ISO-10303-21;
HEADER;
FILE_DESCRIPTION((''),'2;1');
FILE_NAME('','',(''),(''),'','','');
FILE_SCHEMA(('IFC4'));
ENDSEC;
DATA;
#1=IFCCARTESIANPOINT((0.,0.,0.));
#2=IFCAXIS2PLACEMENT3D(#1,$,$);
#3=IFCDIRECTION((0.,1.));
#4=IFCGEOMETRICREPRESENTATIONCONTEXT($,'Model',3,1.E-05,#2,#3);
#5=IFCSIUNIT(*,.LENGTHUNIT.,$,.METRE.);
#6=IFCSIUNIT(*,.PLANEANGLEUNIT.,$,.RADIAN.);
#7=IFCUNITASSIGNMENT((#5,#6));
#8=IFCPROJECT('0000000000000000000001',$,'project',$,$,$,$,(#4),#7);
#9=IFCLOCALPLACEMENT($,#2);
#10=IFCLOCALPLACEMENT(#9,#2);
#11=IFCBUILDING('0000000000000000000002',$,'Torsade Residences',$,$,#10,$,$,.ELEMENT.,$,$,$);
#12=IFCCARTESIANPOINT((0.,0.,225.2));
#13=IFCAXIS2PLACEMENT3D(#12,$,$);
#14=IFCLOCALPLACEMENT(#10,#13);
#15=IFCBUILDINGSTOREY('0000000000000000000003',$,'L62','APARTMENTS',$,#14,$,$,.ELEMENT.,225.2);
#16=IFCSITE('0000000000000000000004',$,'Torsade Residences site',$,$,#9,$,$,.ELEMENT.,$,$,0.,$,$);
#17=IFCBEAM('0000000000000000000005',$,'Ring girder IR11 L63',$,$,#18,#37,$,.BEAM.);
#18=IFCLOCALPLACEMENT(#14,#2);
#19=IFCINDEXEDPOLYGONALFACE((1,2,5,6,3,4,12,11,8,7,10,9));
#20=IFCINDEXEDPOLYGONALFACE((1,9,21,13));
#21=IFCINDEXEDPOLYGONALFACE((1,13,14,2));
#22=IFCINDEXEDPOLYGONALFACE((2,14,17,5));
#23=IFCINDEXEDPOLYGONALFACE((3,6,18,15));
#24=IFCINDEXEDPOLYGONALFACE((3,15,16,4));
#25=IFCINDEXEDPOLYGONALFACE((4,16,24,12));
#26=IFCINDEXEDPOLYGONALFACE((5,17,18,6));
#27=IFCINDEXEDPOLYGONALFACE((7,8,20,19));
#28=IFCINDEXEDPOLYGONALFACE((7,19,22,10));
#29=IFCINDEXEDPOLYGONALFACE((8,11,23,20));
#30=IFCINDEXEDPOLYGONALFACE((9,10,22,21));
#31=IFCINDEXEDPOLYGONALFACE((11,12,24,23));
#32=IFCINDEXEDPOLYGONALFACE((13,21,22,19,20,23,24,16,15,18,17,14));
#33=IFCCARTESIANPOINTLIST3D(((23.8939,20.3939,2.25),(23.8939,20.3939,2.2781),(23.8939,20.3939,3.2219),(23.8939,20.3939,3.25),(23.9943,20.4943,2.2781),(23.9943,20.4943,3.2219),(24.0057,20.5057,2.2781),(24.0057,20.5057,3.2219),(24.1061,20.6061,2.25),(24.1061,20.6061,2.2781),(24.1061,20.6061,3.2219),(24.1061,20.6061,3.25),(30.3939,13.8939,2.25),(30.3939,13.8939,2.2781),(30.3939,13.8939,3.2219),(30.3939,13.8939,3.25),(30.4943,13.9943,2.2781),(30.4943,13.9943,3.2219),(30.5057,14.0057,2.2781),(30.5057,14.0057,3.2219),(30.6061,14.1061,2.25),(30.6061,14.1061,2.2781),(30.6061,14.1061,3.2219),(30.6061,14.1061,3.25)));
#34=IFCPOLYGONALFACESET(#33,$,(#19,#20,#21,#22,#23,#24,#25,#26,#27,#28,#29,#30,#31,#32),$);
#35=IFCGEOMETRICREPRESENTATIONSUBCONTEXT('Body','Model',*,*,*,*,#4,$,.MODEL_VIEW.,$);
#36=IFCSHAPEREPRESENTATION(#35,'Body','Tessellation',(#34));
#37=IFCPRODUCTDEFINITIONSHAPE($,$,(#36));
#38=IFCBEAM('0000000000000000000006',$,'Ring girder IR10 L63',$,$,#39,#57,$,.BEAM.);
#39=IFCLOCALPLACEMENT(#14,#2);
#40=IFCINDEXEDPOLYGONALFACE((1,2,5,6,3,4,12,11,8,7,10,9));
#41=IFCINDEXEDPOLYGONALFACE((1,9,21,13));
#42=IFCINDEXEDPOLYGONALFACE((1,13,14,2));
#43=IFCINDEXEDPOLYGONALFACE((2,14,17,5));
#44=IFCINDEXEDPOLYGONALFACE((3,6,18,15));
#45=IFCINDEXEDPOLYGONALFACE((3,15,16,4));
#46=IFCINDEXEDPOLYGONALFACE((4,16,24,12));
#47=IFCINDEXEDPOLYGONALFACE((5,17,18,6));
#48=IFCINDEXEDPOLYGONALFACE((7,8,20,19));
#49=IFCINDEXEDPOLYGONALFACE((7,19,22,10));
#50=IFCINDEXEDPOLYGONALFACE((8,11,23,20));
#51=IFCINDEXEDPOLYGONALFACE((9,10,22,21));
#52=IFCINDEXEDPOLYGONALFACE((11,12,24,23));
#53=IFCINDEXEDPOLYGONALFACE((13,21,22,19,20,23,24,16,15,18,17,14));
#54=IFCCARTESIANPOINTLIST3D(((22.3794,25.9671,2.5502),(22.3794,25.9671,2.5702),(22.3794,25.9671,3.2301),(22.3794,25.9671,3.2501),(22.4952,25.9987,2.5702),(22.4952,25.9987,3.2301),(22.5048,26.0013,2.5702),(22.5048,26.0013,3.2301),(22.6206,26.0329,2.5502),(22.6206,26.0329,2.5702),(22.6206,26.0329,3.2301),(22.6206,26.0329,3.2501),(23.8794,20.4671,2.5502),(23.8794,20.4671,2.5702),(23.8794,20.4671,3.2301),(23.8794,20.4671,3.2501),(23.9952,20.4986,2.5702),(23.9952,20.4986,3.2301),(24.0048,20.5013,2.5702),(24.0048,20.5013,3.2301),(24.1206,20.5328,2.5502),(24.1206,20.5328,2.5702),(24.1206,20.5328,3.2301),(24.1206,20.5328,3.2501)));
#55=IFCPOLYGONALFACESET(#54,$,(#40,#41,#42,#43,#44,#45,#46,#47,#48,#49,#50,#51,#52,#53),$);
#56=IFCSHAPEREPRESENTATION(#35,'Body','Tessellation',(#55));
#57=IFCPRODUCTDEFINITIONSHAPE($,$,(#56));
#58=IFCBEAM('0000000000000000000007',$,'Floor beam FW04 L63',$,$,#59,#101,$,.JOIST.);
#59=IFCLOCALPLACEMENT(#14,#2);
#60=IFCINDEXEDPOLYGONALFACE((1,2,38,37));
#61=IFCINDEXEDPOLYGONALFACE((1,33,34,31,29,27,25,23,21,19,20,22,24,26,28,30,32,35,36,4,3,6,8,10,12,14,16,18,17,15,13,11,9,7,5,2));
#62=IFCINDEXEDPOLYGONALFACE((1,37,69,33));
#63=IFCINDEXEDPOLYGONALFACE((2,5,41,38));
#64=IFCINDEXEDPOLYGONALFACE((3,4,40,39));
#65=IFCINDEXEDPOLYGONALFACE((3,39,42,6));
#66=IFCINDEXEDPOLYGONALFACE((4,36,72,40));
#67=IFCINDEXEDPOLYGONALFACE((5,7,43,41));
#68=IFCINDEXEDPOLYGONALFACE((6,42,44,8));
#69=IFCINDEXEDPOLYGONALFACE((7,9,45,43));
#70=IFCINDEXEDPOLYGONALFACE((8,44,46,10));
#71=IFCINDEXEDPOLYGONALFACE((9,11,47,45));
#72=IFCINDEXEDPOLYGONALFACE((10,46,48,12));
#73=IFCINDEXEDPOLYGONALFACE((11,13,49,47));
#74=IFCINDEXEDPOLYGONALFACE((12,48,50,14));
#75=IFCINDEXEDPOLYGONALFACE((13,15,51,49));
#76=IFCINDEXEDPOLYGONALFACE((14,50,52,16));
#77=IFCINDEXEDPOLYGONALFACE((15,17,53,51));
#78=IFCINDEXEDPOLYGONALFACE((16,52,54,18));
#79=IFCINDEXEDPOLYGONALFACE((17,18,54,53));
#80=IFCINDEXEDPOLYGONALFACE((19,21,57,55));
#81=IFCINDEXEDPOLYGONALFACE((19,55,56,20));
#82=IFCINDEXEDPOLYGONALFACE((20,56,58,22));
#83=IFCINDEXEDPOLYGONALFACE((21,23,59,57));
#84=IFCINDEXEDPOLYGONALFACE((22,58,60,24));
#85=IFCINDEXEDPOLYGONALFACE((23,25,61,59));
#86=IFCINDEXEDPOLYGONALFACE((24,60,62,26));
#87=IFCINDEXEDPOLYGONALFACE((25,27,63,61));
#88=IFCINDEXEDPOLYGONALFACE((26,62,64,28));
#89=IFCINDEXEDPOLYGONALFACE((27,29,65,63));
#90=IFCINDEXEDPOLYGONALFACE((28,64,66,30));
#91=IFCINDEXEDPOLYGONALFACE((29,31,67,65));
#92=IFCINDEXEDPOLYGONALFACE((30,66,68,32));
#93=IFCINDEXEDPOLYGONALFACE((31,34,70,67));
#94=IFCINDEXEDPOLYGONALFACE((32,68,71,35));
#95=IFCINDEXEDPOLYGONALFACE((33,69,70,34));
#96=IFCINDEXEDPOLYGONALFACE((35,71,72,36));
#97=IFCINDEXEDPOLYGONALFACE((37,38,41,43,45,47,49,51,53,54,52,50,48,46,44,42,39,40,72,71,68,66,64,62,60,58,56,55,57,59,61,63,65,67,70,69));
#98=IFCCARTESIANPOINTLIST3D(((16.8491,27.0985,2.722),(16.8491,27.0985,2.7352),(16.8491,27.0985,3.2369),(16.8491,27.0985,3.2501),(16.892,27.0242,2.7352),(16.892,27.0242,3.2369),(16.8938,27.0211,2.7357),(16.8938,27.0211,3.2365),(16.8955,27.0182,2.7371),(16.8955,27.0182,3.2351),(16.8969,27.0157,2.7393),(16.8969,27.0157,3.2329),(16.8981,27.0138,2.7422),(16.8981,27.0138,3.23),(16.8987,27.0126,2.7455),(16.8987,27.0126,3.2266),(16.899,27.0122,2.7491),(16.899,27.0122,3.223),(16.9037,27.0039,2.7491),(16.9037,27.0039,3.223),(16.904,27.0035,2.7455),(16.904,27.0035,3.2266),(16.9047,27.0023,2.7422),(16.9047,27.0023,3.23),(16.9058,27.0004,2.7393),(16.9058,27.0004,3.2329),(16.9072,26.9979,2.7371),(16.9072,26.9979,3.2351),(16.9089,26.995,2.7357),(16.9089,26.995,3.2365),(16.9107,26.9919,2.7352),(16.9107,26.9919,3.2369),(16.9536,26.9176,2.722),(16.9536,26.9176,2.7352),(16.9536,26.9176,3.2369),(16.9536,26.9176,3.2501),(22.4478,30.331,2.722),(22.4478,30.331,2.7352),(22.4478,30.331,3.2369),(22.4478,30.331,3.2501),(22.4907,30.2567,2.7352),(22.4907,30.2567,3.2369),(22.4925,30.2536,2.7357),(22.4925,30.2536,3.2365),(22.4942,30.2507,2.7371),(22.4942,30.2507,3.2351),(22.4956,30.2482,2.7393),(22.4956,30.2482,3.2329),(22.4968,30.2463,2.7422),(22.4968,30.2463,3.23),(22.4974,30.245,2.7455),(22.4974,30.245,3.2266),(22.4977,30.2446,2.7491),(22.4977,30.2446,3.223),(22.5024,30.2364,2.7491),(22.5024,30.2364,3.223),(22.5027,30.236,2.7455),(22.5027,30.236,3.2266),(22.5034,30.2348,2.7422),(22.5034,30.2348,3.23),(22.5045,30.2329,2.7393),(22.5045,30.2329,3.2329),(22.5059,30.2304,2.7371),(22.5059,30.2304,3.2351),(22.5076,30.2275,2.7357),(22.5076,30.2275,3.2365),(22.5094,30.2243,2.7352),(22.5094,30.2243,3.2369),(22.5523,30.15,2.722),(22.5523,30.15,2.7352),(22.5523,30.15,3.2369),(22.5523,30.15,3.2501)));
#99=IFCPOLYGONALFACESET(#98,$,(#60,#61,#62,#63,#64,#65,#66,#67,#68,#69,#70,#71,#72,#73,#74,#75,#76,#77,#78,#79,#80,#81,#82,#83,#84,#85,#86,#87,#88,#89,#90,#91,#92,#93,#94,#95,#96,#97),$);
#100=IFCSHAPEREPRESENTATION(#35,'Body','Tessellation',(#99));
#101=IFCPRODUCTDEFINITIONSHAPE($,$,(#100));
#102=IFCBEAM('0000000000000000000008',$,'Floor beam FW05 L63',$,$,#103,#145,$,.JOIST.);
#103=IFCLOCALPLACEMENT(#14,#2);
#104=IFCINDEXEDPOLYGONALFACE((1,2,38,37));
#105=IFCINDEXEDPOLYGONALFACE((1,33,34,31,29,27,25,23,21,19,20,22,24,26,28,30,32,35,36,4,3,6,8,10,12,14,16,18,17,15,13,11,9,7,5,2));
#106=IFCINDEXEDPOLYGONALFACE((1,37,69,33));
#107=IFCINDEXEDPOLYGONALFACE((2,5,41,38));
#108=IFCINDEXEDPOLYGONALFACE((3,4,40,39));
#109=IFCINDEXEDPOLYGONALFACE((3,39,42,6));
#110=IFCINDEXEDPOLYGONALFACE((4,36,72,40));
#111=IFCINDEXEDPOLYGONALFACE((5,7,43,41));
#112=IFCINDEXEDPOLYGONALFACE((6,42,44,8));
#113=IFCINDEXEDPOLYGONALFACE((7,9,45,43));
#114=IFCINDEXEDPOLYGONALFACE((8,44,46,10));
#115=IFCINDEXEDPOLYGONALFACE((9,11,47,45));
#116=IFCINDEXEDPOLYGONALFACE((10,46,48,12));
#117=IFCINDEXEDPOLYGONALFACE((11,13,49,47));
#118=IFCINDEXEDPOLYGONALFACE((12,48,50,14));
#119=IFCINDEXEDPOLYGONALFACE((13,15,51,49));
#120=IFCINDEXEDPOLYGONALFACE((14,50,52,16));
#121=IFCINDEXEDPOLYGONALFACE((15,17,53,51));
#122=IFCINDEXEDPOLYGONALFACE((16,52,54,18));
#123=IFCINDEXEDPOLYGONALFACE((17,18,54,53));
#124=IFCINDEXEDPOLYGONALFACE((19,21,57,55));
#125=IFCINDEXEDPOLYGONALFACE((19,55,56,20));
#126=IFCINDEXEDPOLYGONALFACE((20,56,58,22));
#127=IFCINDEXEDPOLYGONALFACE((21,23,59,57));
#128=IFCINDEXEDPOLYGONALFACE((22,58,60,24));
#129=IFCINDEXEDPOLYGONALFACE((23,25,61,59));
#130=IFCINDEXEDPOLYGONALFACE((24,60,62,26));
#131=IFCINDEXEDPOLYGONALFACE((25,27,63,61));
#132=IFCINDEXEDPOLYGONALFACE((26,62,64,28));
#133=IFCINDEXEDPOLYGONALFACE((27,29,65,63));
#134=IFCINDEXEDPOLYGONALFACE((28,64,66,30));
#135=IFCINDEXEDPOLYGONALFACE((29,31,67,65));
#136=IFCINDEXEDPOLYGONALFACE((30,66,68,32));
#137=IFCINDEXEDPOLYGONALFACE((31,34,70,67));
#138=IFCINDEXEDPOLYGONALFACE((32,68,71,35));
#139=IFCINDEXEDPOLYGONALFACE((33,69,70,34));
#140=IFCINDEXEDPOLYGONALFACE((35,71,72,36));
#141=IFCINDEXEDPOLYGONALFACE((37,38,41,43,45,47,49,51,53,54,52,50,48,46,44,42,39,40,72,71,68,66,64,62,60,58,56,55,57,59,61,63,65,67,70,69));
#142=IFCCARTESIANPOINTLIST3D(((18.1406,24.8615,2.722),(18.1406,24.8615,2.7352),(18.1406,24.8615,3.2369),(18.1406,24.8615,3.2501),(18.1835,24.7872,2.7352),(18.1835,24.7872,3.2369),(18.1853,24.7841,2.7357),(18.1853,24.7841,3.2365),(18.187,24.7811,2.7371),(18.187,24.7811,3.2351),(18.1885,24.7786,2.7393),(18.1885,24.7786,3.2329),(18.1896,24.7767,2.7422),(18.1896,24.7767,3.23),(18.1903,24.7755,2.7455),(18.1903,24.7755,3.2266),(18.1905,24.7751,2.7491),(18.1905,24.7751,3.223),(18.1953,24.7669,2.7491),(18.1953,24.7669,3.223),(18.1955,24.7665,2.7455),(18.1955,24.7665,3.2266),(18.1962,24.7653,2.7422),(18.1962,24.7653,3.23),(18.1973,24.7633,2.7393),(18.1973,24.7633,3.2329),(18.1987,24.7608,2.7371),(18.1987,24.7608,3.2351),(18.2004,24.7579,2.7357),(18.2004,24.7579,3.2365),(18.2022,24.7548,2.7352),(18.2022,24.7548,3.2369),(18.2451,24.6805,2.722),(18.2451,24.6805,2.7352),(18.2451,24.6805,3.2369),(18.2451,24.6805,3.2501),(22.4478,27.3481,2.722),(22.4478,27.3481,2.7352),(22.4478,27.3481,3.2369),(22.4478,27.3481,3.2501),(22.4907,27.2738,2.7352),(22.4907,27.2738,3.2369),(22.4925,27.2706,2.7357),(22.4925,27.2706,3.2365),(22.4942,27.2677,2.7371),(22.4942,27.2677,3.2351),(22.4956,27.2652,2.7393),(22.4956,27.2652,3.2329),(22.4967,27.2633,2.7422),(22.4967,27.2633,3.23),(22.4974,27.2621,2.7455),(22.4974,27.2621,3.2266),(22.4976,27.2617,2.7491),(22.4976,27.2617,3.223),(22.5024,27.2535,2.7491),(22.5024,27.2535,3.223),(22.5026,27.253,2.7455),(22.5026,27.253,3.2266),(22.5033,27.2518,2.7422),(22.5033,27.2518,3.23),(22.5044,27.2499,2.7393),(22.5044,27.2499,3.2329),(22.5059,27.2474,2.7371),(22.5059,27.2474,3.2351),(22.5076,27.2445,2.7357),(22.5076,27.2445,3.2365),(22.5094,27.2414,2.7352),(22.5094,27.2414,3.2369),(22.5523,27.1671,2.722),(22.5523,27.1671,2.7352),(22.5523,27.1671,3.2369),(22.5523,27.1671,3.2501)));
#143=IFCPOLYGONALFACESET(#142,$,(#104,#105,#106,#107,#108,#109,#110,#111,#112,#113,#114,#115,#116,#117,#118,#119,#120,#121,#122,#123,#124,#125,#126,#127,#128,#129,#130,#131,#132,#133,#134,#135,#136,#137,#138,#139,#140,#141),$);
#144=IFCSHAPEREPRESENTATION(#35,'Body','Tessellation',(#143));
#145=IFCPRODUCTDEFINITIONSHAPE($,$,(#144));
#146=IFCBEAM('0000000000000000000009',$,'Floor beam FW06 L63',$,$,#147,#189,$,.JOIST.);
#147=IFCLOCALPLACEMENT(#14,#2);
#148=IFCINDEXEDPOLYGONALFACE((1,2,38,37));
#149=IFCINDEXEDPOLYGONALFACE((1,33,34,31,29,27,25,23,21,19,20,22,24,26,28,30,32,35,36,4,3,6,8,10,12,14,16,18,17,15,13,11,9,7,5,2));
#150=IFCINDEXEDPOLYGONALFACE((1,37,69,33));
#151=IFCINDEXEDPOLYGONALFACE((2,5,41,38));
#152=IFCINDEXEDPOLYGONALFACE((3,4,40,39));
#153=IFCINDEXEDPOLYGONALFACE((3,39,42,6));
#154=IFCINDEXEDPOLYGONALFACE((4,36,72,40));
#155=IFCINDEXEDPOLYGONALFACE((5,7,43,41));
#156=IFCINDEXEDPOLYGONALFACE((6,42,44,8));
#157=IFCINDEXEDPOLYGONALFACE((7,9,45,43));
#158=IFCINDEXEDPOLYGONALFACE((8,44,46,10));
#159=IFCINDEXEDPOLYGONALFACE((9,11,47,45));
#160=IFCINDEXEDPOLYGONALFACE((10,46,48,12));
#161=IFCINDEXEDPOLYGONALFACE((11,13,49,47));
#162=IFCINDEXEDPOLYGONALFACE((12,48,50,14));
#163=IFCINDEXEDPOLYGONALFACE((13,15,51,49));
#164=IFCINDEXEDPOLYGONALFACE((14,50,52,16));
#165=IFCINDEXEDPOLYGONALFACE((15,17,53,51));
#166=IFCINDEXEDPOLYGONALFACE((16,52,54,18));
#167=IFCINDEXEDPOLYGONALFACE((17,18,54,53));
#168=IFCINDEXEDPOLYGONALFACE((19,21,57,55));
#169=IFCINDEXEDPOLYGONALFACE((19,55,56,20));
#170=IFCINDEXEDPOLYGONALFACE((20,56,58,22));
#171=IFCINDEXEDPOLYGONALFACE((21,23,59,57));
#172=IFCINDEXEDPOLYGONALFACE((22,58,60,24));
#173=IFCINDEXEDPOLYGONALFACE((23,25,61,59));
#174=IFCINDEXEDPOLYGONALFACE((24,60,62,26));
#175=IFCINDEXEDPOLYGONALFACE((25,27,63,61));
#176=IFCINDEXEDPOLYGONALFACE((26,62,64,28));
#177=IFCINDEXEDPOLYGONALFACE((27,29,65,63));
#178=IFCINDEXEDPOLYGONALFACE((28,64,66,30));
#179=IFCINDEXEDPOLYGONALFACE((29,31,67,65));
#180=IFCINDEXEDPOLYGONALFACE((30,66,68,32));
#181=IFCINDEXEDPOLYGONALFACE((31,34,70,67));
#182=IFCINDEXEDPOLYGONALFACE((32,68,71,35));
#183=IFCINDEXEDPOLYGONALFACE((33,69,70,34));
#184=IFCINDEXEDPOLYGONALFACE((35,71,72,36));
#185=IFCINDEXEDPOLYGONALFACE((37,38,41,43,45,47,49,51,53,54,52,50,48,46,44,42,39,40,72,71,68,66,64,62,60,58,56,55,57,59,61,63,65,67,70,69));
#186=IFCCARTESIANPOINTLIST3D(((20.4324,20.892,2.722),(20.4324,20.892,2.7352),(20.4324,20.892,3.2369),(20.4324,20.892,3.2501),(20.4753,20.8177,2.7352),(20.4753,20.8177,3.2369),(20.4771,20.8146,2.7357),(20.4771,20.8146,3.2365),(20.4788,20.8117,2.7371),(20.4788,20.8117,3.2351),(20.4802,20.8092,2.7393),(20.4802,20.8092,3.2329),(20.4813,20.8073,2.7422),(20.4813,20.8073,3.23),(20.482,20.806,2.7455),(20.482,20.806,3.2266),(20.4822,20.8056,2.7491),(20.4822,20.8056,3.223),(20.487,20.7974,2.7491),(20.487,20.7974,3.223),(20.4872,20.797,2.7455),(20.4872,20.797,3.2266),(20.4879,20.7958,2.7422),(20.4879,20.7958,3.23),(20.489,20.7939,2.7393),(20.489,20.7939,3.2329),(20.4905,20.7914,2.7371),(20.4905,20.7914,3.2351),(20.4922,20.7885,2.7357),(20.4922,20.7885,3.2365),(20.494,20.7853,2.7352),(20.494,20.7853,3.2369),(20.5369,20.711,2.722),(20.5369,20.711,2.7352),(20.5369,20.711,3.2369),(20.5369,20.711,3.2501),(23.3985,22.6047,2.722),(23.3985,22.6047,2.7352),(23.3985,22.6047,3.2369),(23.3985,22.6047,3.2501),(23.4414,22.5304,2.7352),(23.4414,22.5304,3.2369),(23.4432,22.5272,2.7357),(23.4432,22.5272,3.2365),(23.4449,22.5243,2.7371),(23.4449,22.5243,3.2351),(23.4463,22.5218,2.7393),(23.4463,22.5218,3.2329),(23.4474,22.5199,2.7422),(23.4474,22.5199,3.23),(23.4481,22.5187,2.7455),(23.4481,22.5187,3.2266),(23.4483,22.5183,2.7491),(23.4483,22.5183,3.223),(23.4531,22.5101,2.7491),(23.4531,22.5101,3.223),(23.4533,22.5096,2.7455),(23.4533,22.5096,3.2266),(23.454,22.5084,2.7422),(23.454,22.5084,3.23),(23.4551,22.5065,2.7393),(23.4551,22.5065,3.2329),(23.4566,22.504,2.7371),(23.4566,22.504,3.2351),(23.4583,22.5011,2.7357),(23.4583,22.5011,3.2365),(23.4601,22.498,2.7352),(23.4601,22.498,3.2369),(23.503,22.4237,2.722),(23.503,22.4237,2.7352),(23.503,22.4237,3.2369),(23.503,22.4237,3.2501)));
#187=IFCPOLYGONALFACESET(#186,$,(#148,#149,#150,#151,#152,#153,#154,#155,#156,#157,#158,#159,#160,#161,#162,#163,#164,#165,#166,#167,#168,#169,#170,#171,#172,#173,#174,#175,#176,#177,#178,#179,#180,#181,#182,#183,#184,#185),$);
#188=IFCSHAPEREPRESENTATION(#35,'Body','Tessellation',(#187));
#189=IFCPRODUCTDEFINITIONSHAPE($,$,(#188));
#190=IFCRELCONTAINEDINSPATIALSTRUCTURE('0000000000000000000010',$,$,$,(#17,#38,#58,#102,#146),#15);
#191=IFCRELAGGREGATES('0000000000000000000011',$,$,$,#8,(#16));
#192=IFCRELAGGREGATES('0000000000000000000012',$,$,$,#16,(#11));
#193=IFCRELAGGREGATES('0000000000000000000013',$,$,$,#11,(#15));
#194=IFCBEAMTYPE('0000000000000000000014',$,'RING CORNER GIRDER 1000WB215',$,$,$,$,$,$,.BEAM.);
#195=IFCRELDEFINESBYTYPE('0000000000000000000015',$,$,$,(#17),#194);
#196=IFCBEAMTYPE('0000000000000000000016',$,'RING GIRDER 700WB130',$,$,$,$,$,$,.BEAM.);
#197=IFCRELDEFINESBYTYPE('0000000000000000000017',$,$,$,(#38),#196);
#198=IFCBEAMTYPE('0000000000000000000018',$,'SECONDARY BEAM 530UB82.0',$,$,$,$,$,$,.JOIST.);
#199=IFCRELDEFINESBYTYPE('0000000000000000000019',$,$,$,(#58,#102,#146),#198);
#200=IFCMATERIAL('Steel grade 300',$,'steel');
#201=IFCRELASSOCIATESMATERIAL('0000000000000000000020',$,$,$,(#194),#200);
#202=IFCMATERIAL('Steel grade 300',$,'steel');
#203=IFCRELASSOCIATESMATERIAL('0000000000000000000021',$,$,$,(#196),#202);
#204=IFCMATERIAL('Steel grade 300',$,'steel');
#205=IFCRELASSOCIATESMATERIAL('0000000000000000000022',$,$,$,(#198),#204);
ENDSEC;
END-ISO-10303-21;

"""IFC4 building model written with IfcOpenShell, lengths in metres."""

from ifc_helpers import new_model, si_unit, direction, frame, origin, origin_2d, place, context, subcontext, project, spatial, i_section, extrude, material, material_profile, profile_set, type_object, element, save


model = new_model("IFC4")

# Units and contexts
model_context = context("Model", 3, precision=1e-05, world=origin(), true_north=direction((0.0, 1.0)))
body_context = subcontext(model_context, "Body", "Model", "MODEL_VIEW")
ifc_project = project(units=[si_unit("LENGTHUNIT", "METRE"), si_unit("PLANEANGLEUNIT", "RADIAN")], contexts=[model_context])

# Site, building, storey
site_placement = place(None, origin())
site = spatial("IfcSite", under=ifc_project, at=site_placement, Name="Torsade Residences site", CompositionType="ELEMENT", RefElevation=0.0)
building_placement = place(site_placement, origin())
building = spatial("IfcBuilding", under=site, at=building_placement, Name="Torsade Residences", CompositionType="ELEMENT")
storey_placement = place(building_placement, frame((0.0, 0.0, 225.2)))
storey = spatial("IfcBuildingStorey", under=building, at=storey_placement, Name="L62", Description="APARTMENTS", CompositionType="ELEMENT", Elevation=225.2)

# Beams
ifc_material_1 = material(Name="Steel grade 300", Category="steel")
ifc_material_profile_1 = material_profile(ifc_material_1, i_section(OverallWidth=0.3, OverallDepth=1.0, WebThickness=0.0161, FlangeThickness=0.0281, at=origin_2d()), Name="1000WB215")
ifc_profile_set_1 = profile_set([ifc_material_profile_1], Name="Steel grade 300")
beam_type_1 = type_object("IfcBeamType", Name="RING CORNER GIRDER 1000WB215", PredefinedType="BEAM", material=ifc_profile_set_1)
beam_1_placement = place(storey_placement, frame((24.0, 20.5, 2.75), z_axis=(0.707107, -0.707107, 0.0), x_axis=(0.707107, 0.707107, 0.0)))
element("IfcBeam", 1, at=beam_1_placement, inside=storey, type_object=beam_type_1, Name="Ring girder IR11 L63", PredefinedType="BEAM", context=body_context, shape_type="SweptSolid", body=[
    extrude(i_section(OverallWidth=0.3, OverallDepth=1.0, WebThickness=0.0161, FlangeThickness=0.0281, at=origin_2d()), origin(), (0.0, 0.0, 1.0), 9.1924),
])
ifc_material_2 = material(Name="Steel grade 300", Category="steel")
ifc_material_profile_2 = material_profile(ifc_material_2, i_section(OverallWidth=0.25, OverallDepth=0.7, WebThickness=0.01, FlangeThickness=0.02, at=origin_2d()), Name="700WB130")
ifc_profile_set_2 = profile_set([ifc_material_profile_2], Name="Steel grade 300")
beam_type_2 = type_object("IfcBeamType", Name="RING GIRDER 700WB130", PredefinedType="BEAM", material=ifc_profile_set_2)
beam_2_placement = place(storey_placement, frame((22.5, 26.0, 2.9001), z_axis=(0.263117, -0.964764, 0.0), x_axis=(0.964764, 0.263117, 0.0)))
element("IfcBeam", 2, at=beam_2_placement, inside=storey, type_object=beam_type_2, Name="Ring girder IR10 L63", PredefinedType="BEAM", context=body_context, shape_type="SweptSolid", body=[
    extrude(i_section(OverallWidth=0.25, OverallDepth=0.7, WebThickness=0.01, FlangeThickness=0.02, at=origin_2d()), origin(), (0.0, 0.0, 1.0), 5.7009),
])
ifc_material_3 = material(Name="Steel grade 300", Category="steel")
ifc_material_profile_3 = material_profile(ifc_material_3, i_section(OverallWidth=0.209, OverallDepth=0.5281, WebThickness=0.0095, FlangeThickness=0.0132, FilletRadius=0.0139, at=origin_2d()), Name="530UB82.0")
ifc_profile_set_3 = profile_set([ifc_material_profile_3], Name="Steel grade 300")
beam_type_3 = type_object("IfcBeamType", Name="SECONDARY BEAM 530UB82.0", PredefinedType="JOIST", material=ifc_profile_set_3)
beam_3_placement = place(storey_placement, frame((16.9014, 27.0081, 2.9861), z_axis=(0.866022, 0.500006, 0.0), x_axis=(-0.500006, 0.866022, 0.0)))
element("IfcBeam", 3, at=beam_3_placement, inside=storey, type_object=beam_type_3, Name="Floor beam FW04 L63", PredefinedType="JOIST", context=body_context, shape_type="SweptSolid", body=[
    extrude(i_section(OverallWidth=0.209, OverallDepth=0.5281, WebThickness=0.0095, FlangeThickness=0.0132, FilletRadius=0.0139, at=origin_2d()), origin(), (0.0, 0.0, 1.0), 6.4648),
])
beam_4_placement = place(storey_placement, frame((18.1929, 24.771, 2.9861), z_axis=(0.866038, 0.499977, 0.0), x_axis=(-0.499977, 0.866038, 0.0)))
element("IfcBeam", 4, at=beam_4_placement, inside=storey, type_object=beam_type_3, Name="Floor beam FW05 L63", PredefinedType="JOIST", context=body_context, shape_type="SweptSolid", body=[
    extrude(i_section(OverallWidth=0.209, OverallDepth=0.5281, WebThickness=0.0095, FlangeThickness=0.0132, FilletRadius=0.0139, at=origin_2d()), origin(), (0.0, 0.0, 1.0), 4.9734),
])
beam_5_placement = place(storey_placement, frame((20.4846, 20.8015, 2.9861), z_axis=(0.866002, 0.500041, 0.0), x_axis=(-0.500041, 0.866002, 0.0)))
element("IfcBeam", 5, at=beam_5_placement, inside=storey, type_object=beam_type_3, Name="Floor beam FW06 L63", PredefinedType="JOIST", context=body_context, shape_type="SweptSolid", body=[
    extrude(i_section(OverallWidth=0.209, OverallDepth=0.5281, WebThickness=0.0095, FlangeThickness=0.0132, FilletRadius=0.0139, at=origin_2d()), origin(), (0.0, 0.0, 1.0), 3.425),
])

save(model, "model.ifc")
